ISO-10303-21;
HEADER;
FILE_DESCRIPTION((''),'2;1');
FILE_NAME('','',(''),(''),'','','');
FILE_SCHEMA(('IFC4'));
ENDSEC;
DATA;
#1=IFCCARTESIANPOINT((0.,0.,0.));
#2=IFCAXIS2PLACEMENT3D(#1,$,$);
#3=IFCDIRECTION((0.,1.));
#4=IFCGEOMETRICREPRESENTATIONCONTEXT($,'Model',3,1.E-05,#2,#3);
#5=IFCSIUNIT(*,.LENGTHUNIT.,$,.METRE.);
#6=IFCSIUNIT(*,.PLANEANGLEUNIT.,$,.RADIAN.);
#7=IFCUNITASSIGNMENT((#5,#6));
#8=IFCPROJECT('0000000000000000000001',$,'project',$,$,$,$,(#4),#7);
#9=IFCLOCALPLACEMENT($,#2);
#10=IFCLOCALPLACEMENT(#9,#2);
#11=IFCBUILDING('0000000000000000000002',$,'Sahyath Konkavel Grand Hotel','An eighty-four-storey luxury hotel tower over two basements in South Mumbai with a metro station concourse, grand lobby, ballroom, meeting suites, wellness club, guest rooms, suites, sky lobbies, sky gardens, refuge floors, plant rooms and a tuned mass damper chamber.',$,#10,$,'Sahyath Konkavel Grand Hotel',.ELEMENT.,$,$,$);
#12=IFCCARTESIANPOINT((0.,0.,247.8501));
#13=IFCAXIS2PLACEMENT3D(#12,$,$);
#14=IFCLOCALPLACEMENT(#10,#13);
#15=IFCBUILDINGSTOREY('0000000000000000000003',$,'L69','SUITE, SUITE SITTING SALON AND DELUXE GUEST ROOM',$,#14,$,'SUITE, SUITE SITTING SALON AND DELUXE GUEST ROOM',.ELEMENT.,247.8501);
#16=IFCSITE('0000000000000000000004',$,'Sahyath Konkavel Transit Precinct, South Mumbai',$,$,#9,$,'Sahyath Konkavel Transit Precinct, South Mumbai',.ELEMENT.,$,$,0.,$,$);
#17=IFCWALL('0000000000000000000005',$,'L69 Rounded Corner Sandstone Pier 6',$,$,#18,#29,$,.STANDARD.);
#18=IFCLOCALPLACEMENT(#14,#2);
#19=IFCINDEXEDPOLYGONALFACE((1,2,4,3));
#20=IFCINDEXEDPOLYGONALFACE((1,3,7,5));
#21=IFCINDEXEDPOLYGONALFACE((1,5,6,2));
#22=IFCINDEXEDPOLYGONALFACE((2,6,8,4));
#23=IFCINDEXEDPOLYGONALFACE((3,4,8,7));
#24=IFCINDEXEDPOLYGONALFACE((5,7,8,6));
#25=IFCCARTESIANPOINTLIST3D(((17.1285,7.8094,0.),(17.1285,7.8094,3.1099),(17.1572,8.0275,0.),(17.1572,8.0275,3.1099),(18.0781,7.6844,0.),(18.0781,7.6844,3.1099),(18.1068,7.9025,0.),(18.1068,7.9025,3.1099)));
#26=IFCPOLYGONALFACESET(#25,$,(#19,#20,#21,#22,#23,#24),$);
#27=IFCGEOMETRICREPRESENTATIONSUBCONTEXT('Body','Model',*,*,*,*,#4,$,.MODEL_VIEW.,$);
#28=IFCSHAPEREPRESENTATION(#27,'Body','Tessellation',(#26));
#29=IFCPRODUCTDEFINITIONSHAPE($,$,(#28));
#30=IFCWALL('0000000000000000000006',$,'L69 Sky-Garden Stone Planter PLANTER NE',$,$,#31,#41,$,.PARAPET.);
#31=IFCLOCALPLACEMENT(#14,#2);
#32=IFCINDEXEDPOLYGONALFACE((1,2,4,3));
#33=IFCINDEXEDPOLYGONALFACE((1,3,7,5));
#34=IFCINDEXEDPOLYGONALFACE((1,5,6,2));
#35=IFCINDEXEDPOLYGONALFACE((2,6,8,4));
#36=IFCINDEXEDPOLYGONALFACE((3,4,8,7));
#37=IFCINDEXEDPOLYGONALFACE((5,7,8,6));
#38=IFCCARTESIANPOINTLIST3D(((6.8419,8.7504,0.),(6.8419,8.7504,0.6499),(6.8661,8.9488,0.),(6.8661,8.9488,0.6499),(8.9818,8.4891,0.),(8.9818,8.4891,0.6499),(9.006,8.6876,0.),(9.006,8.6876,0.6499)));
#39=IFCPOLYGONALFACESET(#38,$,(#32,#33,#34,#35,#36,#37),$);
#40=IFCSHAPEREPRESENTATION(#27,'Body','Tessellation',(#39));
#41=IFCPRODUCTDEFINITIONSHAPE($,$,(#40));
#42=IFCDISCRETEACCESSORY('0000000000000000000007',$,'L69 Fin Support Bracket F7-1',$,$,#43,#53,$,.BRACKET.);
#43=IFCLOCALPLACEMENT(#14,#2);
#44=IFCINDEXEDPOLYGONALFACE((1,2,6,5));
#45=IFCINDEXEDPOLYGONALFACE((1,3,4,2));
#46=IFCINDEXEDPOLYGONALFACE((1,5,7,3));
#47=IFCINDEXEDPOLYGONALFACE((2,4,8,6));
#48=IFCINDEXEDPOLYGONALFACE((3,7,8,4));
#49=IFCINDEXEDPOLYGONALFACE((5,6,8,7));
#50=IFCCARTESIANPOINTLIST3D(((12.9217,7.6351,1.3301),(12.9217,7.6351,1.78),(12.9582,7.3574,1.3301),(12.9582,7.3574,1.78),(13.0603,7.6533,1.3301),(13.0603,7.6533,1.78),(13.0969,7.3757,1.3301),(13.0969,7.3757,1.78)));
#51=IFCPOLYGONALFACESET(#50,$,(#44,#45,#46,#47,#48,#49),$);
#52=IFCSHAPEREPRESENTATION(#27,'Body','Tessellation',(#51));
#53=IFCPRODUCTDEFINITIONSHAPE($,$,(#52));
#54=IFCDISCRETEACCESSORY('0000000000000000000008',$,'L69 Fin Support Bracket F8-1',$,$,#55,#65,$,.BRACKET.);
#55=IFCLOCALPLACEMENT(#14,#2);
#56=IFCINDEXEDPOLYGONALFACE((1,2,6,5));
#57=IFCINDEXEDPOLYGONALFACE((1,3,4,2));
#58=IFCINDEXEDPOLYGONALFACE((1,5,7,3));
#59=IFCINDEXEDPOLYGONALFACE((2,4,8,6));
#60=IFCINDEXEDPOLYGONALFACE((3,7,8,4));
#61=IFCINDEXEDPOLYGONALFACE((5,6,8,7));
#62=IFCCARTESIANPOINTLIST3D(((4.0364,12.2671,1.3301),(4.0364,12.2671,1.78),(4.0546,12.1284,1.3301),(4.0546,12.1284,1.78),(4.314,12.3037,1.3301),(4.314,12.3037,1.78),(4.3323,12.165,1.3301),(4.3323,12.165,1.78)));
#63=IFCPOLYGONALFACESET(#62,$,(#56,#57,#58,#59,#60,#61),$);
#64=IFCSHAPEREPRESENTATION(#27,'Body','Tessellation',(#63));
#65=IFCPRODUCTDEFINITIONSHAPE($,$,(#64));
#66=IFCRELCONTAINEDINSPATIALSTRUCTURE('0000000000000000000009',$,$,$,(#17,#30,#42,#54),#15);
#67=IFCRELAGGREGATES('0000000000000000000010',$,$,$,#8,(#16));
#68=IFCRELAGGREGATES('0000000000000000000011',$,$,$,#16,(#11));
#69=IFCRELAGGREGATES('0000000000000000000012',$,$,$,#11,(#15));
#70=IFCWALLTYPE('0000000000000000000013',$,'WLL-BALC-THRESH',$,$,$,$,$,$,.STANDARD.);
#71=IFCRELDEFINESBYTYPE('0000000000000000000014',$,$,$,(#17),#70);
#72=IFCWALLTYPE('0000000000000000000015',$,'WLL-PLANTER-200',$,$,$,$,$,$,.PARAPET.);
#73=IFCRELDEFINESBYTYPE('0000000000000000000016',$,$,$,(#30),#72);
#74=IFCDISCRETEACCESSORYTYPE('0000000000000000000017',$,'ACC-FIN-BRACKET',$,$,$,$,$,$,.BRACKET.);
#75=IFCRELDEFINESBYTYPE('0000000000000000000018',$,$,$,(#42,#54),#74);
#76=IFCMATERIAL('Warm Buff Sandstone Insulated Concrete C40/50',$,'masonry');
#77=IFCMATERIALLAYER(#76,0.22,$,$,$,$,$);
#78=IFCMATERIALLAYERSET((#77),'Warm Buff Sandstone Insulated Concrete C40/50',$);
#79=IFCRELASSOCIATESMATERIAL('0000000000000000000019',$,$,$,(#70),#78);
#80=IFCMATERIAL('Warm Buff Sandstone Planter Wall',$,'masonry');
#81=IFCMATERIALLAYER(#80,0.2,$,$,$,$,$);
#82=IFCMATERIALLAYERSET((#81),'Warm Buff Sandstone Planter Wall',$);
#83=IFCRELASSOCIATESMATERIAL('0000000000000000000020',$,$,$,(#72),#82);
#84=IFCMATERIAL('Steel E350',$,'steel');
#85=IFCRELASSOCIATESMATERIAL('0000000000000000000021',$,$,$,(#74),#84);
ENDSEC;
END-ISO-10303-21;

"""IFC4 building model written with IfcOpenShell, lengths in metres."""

from ifc_helpers import new_model, si_unit, direction, frame, frame_2d, origin, origin_2d, place, context, subcontext, project, spatial, rectangle, extrude, source, transform, mapped, material, layer, layer_set, type_object, element, save


model = new_model("IFC4")

# Units and contexts
model_context = context("Model", 3, precision=1e-05, world=origin(), true_north=direction((0.0, 1.0)))
body_context = subcontext(model_context, "Body", "Model", "MODEL_VIEW")
ifc_project = project(units=[si_unit("LENGTHUNIT", "METRE"), si_unit("PLANEANGLEUNIT", "RADIAN")], contexts=[model_context])

# Site, building, storey
site_placement = place(None, origin())
site = spatial("IfcSite", under=ifc_project, at=site_placement, Name="Sahyath Konkavel Transit Precinct, South Mumbai", LongName="Sahyath Konkavel Transit Precinct, South Mumbai", CompositionType="ELEMENT", RefElevation=0.0)
building_placement = place(site_placement, origin())
building = spatial("IfcBuilding", under=site, at=building_placement, Name="Sahyath Konkavel Grand Hotel", Description="An eighty-four-storey luxury hotel tower over two basements in South Mumbai with a metro station concourse, grand lobby, ballroom, meeting suites, wellness club, guest rooms, suites, sky lobbies, sky gardens, refuge floors, plant rooms and a tuned mass damper chamber.", LongName="Sahyath Konkavel Grand Hotel", CompositionType="ELEMENT")
storey_placement = place(building_placement, frame((0.0, 0.0, 247.8501)))
storey = spatial("IfcBuildingStorey", under=building, at=storey_placement, Name="L69", Description="SUITE, SUITE SITTING SALON AND DELUXE GUEST ROOM", LongName="SUITE, SUITE SITTING SALON AND DELUXE GUEST ROOM", CompositionType="ELEMENT", Elevation=247.8501)

# Shared definitions
ifc_material_1 = material(Name="Steel E350", Category="steel")

# Walls
ifc_material_2 = material(Name="Warm Buff Sandstone Insulated Concrete C40/50", Category="masonry")
ifc_layer_1 = layer(ifc_material_2, 0.22)
ifc_layer_set_1 = layer_set([ifc_layer_1], Name="Warm Buff Sandstone Insulated Concrete C40/50")
wall_type_1 = type_object("IfcWallType", Name="WLL-BALC-THRESH", PredefinedType="STANDARD", material=ifc_layer_set_1)
for number, where, z_axis, x_axis, name in (
    (1, (18.0925, 7.7935, 0.0), (0.0, 0.0, 1.0), (-0.991445, 0.130527, 0.0), "L69 Rounded Corner Sandstone Pier 6"),
):
    element("IfcWall", number, at=place(storey_placement, frame(where, z_axis=z_axis, x_axis=x_axis)), inside=storey, type_object=wall_type_1, Name=name, PredefinedType="STANDARD", context=body_context, shape_type="SweptSolid", body=[
        extrude(rectangle(XDim=0.9578, YDim=0.22, at=frame_2d((0.479, 0.0))), origin(), (0.0, 0.0, 1.0), 3.1099),
    ])
ifc_material_3 = material(Name="Warm Buff Sandstone Planter Wall", Category="masonry")
ifc_layer_2 = layer(ifc_material_3, 0.2)
ifc_layer_set_2 = layer_set([ifc_layer_2], Name="Warm Buff Sandstone Planter Wall")
wall_type_2 = type_object("IfcWallType", Name="WLL-PLANTER-200", PredefinedType="PARAPET", material=ifc_layer_set_2)
wall_placement = place(storey_placement, frame((8.9939, 8.5884, 0.0), z_axis=(0.0, 0.0, 1.0), x_axis=(-0.992631, 0.121177, 0.0)))
element("IfcWall", 2, at=wall_placement, inside=storey, type_object=wall_type_2, Name="L69 Sky-Garden Stone Planter PLANTER NE", PredefinedType="PARAPET", context=body_context, shape_type="SweptSolid", body=[
    extrude(rectangle(XDim=2.1558, YDim=0.2, at=frame_2d((1.0779, 0.0))), origin(), (0.0, 0.0, 1.0), 0.6499),
])

# Discrete accessories
discrete_accessory_type = type_object("IfcDiscreteAccessoryType", Name="ACC-FIN-BRACKET", PredefinedType="BRACKET", material=ifc_material_1)
shared_shape_1 = source(origin(), body_context, "Body", "SweptSolid", [
    extrude(rectangle(XDim=0.28, YDim=0.1399, at=origin_2d()), origin(), (0.0, 0.0, 1.0), 0.45),
])
for number, where, z_axis, x_axis, name in (
    (3, (13.0093, 7.5054, 1.3301), (0.0, 0.0, 1.0), (-0.130526, 0.991445, 0.0), "L69 Fin Support Bracket F7-1"),
    (4, (4.1843, 12.2161, 1.3301), (0.0, 0.0, 1.0), (0.991445, 0.130526, 0.0), "L69 Fin Support Bracket F8-1"),
):
    element("IfcDiscreteAccessory", number, at=place(storey_placement, frame(where, z_axis=z_axis, x_axis=x_axis)), inside=storey, type_object=discrete_accessory_type, Name=name, PredefinedType="BRACKET", context=body_context, shape_type="MappedRepresentation", body=[
        mapped(shared_shape_1, transform((0.0, 0.0, 0.0), scale=1.0)),
    ])

save(model, "model.ifc")
